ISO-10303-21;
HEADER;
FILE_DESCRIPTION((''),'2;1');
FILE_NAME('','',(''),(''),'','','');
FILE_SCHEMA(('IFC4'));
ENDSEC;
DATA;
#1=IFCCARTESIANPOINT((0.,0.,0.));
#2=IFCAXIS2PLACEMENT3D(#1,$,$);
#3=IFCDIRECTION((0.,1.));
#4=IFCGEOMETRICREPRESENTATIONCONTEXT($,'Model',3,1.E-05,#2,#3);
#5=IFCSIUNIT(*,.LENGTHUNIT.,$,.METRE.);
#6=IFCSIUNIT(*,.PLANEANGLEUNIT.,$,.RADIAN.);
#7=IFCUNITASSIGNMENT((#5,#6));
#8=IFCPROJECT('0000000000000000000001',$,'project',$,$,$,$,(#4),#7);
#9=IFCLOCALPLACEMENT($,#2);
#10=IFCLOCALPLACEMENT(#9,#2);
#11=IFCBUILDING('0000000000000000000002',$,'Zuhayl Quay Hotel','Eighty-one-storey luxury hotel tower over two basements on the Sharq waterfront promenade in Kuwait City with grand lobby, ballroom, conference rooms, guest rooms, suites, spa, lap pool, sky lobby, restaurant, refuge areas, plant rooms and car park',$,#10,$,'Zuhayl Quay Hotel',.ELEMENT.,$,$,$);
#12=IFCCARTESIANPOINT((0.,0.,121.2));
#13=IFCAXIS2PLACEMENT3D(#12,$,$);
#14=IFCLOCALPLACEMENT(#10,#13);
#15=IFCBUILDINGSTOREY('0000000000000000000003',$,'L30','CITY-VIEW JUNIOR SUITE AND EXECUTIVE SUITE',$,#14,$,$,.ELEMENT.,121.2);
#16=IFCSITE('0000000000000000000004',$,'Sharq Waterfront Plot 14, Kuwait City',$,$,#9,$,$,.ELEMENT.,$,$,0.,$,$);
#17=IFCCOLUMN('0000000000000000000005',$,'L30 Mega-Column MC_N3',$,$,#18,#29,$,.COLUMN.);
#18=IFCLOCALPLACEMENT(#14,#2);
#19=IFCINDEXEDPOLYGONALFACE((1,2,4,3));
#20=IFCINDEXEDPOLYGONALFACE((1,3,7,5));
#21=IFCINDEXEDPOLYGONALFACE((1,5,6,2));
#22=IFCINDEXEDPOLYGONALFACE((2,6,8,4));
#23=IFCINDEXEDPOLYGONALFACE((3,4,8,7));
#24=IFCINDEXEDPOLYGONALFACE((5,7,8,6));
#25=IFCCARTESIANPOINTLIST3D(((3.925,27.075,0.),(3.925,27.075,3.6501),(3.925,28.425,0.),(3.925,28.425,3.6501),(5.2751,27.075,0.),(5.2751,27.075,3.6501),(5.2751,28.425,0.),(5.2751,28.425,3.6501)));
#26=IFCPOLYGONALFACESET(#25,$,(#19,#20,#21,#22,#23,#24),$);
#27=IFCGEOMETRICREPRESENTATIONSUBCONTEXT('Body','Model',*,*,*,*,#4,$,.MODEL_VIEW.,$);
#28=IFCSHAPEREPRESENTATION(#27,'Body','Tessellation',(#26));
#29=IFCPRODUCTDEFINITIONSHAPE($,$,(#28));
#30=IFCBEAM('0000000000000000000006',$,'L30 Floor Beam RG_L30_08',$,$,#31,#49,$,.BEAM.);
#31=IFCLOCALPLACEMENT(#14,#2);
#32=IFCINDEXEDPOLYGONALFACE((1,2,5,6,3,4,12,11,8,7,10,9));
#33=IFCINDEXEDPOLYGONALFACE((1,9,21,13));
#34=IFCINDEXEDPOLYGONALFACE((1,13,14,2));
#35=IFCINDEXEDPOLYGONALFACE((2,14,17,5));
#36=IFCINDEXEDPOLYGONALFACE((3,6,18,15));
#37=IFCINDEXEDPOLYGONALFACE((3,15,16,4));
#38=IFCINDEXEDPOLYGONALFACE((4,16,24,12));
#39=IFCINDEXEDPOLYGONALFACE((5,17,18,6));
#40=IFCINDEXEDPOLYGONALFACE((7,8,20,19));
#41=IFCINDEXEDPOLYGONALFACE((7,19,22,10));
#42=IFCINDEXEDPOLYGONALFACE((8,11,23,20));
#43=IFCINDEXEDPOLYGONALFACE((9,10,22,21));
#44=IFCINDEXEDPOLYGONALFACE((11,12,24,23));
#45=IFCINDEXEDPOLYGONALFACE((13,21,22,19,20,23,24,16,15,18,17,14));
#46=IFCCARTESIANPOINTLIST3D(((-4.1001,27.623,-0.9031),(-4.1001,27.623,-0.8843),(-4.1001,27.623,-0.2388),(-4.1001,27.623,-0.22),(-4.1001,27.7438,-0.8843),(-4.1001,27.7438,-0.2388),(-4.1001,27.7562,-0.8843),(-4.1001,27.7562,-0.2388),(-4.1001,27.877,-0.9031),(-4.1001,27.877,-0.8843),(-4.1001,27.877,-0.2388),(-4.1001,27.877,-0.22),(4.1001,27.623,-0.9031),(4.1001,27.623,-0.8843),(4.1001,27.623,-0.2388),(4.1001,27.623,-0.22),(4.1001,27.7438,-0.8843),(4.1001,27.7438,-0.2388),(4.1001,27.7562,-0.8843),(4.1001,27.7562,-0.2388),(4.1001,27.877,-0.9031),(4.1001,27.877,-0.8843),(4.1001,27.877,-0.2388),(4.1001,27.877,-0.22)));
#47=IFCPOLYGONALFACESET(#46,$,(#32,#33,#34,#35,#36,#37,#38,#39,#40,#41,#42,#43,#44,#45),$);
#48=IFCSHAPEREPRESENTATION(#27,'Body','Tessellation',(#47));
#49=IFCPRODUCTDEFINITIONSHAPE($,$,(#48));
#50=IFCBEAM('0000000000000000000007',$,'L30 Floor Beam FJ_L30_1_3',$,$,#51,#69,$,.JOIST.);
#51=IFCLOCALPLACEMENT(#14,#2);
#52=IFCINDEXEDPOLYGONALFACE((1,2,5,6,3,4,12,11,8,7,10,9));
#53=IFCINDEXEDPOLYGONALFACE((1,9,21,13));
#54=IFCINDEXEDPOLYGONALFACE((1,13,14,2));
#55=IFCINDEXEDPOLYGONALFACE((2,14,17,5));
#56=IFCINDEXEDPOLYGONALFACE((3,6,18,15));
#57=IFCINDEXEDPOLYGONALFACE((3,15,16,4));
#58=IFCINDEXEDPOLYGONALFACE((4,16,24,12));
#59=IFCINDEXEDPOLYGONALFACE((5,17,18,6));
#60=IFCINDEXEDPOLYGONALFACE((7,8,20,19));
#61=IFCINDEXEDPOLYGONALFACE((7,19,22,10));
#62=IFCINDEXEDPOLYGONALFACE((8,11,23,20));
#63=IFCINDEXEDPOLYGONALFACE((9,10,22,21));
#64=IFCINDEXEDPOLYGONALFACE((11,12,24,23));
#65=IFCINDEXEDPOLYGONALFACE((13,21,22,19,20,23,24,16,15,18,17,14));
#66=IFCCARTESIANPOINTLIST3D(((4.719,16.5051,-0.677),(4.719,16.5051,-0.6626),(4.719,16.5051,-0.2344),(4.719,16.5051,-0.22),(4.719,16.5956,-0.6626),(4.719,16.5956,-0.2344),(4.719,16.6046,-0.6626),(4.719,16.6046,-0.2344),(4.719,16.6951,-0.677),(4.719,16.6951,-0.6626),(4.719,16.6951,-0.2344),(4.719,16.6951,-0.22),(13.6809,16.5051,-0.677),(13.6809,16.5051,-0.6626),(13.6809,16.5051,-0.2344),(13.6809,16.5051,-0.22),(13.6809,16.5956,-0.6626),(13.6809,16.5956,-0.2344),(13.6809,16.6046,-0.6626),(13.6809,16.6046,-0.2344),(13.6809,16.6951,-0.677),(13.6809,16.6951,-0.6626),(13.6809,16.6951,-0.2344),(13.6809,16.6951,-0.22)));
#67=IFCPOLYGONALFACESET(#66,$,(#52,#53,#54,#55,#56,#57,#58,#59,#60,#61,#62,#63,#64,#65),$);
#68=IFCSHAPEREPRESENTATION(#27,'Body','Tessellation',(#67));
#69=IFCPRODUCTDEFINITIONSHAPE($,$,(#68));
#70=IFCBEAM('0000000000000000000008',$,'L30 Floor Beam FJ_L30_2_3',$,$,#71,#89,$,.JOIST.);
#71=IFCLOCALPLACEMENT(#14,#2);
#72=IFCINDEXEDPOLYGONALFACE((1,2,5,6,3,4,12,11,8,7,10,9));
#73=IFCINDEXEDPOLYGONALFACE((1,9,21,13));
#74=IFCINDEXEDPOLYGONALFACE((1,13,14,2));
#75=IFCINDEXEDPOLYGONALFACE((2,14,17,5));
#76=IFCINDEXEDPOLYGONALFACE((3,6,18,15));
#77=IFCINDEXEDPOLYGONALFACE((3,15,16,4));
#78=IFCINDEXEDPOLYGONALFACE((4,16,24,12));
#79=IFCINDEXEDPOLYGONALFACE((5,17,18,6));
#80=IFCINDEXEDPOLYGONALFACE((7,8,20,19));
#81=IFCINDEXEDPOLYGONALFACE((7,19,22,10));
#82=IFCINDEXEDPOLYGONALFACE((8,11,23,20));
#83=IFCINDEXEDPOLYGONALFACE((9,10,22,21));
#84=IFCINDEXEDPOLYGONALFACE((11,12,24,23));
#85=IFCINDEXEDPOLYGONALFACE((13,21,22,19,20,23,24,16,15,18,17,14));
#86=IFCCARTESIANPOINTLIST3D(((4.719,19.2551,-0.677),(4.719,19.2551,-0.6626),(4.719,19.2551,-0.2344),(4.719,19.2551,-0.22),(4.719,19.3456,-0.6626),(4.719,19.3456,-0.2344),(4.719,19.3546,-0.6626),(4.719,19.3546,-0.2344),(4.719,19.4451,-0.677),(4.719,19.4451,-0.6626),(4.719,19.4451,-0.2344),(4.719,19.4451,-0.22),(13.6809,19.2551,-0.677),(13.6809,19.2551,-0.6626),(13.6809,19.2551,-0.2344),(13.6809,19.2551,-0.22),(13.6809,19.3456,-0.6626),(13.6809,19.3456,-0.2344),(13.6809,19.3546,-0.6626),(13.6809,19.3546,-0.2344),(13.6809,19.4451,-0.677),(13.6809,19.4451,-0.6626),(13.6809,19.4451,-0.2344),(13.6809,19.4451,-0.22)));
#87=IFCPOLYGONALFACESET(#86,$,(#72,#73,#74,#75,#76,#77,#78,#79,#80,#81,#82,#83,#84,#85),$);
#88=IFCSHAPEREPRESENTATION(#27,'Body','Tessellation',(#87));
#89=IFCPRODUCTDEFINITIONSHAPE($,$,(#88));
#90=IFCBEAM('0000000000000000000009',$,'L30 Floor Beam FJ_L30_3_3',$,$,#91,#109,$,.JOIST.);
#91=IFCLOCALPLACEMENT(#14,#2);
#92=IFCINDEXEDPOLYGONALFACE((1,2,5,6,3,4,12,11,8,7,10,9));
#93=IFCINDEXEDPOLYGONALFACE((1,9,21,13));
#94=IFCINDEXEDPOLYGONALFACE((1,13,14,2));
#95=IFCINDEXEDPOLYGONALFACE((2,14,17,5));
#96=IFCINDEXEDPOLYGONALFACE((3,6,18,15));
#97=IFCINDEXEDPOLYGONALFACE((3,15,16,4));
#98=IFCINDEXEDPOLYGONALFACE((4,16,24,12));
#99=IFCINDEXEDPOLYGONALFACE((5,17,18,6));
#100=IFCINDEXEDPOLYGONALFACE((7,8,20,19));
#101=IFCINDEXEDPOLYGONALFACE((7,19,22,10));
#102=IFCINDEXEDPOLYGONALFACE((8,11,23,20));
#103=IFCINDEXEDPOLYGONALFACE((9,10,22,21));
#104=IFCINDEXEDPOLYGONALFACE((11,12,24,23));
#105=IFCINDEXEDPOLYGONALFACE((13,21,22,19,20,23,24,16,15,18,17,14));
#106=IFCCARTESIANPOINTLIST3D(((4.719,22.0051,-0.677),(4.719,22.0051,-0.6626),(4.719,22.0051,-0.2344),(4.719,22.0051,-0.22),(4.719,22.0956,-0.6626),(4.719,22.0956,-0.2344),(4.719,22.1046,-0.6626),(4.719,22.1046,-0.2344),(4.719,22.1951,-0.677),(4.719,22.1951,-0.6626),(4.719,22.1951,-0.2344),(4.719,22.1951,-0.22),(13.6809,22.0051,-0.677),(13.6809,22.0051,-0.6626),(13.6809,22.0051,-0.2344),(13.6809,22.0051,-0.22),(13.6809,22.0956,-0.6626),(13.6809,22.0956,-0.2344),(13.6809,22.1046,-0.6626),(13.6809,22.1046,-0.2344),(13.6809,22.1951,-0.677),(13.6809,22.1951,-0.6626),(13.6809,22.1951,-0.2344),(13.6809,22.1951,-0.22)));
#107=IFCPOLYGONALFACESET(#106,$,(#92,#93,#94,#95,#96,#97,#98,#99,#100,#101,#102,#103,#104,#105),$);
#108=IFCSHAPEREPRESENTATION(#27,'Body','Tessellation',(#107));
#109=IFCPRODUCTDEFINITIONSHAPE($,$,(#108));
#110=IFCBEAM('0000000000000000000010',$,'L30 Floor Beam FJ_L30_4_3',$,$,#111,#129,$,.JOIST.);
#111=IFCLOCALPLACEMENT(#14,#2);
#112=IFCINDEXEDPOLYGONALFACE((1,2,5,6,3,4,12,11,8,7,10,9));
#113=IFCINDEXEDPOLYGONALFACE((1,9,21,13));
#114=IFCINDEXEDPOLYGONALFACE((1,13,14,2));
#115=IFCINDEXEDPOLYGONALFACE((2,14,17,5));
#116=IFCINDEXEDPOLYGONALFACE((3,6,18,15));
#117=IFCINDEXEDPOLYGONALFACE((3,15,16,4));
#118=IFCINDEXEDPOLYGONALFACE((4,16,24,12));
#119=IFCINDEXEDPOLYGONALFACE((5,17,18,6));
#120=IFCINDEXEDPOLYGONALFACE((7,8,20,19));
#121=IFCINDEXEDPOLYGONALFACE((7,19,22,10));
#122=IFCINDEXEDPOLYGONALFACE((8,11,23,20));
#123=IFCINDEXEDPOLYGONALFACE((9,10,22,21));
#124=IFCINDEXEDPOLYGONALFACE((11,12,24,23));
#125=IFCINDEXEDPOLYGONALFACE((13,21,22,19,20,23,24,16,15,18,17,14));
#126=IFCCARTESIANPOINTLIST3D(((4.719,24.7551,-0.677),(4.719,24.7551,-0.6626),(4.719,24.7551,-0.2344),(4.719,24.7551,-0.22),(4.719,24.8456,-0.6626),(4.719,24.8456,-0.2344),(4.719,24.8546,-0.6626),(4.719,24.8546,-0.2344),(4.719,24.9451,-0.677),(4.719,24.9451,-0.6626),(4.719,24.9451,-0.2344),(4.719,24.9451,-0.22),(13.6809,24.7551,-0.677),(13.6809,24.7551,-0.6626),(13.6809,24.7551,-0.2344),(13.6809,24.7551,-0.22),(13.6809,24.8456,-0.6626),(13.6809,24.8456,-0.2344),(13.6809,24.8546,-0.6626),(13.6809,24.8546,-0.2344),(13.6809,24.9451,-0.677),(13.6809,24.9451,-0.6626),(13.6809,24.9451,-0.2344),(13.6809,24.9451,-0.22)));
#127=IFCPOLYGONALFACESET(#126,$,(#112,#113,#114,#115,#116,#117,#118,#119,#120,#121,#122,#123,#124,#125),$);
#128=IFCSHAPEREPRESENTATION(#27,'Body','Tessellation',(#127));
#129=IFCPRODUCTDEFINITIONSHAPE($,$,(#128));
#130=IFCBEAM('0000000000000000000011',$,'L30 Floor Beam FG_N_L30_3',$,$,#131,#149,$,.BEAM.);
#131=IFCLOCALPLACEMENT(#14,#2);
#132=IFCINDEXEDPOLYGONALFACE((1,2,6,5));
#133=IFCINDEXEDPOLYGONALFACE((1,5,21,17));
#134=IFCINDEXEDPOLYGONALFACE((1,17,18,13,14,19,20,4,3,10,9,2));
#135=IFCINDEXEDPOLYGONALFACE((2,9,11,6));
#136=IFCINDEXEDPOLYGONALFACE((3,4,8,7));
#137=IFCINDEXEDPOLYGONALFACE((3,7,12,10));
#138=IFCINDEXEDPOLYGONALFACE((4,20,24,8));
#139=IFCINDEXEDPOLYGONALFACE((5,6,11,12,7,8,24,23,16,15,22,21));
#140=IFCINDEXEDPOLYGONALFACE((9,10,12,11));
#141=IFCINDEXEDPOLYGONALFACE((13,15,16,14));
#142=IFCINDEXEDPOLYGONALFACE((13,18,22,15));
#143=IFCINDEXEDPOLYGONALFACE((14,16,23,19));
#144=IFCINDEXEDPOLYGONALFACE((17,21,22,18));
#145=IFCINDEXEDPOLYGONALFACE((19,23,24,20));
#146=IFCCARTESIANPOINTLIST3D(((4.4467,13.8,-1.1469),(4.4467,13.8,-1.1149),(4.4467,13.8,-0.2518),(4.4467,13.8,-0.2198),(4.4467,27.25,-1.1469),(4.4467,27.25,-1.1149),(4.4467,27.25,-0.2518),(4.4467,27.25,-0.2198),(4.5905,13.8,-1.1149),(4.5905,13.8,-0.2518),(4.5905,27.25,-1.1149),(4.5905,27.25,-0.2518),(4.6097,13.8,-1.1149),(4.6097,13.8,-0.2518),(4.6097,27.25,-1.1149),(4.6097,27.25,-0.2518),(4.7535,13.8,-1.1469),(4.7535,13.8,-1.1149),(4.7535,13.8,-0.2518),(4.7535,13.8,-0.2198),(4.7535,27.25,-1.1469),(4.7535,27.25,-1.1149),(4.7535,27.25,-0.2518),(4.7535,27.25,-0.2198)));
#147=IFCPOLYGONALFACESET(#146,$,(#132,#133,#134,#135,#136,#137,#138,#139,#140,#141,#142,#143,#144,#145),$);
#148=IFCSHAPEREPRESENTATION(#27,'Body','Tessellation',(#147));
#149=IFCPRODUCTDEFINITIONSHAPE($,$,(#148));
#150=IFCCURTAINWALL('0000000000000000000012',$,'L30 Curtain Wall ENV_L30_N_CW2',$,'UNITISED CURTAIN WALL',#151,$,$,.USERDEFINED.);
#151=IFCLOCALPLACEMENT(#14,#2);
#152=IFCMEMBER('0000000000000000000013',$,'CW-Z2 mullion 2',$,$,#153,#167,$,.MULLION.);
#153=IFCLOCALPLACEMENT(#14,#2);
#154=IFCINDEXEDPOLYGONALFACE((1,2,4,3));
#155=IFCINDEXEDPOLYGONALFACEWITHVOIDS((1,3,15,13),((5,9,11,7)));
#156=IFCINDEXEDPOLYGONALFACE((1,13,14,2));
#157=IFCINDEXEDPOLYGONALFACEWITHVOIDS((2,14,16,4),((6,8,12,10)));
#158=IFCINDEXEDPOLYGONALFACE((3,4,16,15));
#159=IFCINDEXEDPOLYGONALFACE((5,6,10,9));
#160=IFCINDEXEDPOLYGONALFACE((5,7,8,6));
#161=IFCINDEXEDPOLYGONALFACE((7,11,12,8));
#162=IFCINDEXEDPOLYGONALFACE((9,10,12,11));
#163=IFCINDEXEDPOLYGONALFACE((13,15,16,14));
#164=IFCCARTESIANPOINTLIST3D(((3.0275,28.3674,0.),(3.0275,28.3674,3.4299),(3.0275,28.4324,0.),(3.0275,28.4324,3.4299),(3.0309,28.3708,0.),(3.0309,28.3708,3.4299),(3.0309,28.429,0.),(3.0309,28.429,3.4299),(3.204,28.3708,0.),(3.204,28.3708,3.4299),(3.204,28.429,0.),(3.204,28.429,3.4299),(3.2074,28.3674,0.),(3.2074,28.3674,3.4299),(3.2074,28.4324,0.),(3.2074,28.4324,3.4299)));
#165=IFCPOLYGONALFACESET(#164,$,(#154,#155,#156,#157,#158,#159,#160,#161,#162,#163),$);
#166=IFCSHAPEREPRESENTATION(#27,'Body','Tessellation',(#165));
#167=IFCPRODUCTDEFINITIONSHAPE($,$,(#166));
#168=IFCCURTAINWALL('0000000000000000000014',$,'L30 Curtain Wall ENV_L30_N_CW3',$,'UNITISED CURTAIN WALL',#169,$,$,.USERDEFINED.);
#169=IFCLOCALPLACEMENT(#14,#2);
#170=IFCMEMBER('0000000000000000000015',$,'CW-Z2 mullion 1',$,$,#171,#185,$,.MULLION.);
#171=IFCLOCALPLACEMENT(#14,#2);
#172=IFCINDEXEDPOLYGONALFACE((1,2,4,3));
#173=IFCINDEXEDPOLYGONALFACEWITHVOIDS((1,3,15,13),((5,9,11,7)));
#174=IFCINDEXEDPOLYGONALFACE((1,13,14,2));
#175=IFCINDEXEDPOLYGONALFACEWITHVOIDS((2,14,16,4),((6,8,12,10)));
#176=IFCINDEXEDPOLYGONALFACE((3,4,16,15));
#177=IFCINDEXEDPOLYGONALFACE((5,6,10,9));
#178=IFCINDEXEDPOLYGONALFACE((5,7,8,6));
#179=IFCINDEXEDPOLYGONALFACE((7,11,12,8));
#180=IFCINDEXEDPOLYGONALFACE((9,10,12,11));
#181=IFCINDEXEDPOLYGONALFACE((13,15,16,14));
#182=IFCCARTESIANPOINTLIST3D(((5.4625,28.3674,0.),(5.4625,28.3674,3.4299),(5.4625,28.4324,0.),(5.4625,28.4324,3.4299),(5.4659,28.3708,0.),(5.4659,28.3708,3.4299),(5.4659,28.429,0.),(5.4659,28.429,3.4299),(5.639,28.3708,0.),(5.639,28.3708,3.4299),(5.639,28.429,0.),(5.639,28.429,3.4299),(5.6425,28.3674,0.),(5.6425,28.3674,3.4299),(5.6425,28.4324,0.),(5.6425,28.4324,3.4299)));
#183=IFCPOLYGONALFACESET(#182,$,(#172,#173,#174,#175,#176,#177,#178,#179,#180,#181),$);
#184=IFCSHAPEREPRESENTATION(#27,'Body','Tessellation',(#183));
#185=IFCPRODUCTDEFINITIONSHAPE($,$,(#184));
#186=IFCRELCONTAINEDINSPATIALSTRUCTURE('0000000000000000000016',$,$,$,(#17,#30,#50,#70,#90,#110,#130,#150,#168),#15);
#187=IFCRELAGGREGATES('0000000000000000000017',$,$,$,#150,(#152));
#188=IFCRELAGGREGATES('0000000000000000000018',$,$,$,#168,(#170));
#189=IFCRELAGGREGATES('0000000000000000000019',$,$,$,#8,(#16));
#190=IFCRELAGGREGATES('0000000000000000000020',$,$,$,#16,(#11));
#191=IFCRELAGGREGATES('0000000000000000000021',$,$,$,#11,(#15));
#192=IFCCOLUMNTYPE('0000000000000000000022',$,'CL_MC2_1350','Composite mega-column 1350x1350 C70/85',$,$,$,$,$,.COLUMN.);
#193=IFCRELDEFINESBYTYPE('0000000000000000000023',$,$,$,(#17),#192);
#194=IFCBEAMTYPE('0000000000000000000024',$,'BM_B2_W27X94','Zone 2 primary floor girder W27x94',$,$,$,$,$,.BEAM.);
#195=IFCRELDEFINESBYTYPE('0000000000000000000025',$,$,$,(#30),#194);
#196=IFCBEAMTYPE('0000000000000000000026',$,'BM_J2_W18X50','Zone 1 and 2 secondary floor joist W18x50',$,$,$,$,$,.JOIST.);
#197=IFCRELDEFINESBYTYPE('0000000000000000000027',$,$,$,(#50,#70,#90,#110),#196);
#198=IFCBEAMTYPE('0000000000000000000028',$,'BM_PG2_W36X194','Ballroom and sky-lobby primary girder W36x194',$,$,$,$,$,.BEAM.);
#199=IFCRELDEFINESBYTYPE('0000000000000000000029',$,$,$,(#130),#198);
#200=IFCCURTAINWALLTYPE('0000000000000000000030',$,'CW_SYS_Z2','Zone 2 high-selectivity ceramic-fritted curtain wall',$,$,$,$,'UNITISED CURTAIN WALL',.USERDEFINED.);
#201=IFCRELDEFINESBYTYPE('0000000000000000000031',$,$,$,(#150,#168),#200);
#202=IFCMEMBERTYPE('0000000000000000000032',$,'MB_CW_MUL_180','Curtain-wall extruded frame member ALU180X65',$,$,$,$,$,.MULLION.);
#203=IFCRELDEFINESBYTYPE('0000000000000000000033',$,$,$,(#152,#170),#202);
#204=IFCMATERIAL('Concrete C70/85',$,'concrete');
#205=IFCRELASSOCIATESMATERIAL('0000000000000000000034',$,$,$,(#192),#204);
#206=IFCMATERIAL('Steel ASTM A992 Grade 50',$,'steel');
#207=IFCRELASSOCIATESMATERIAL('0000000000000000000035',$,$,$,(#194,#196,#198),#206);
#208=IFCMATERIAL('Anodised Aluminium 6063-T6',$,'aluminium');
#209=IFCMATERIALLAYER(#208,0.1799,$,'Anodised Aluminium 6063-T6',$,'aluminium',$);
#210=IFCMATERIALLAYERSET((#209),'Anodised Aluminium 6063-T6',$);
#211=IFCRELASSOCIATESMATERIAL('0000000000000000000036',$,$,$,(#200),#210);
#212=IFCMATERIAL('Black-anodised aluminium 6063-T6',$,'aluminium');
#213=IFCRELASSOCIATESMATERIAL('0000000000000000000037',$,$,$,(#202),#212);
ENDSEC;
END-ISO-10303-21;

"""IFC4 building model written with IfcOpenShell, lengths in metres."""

from ifc_helpers import new_model, si_unit, direction, frame, origin, origin_2d, place, context, subcontext, project, spatial, rectangle, hollow_rectangle, i_section, extrude, material, layer, layer_set, material_profile, profile_set, type_object, element, aggregate, save


model = new_model("IFC4")

# Units and contexts
model_context = context("Model", 3, precision=1e-05, world=origin(), true_north=direction((0.0, 1.0)))
body_context = subcontext(model_context, "Body", "Model", "MODEL_VIEW")
ifc_project = project(units=[si_unit("LENGTHUNIT", "METRE"), si_unit("PLANEANGLEUNIT", "RADIAN")], contexts=[model_context])

# Site, building, storey
site_placement = place(None, origin())
site = spatial("IfcSite", under=ifc_project, at=site_placement, Name="Sharq Waterfront Plot 14, Kuwait City", CompositionType="ELEMENT", RefElevation=0.0)
building_placement = place(site_placement, origin())
building = spatial("IfcBuilding", under=site, at=building_placement, Name="Zuhayl Quay Hotel", Description="Eighty-one-storey luxury hotel tower over two basements on the Sharq waterfront promenade in Kuwait City with grand lobby, ballroom, conference rooms, guest rooms, suites, spa, lap pool, sky lobby, restaurant, refuge areas, plant rooms and car park", LongName="Zuhayl Quay Hotel", CompositionType="ELEMENT")
storey_placement = place(building_placement, frame((0.0, 0.0, 121.2)))
storey = spatial("IfcBuildingStorey", under=building, at=storey_placement, Name="L30", Description="CITY-VIEW JUNIOR SUITE AND EXECUTIVE SUITE", CompositionType="ELEMENT", Elevation=121.2)

# Column
ifc_material_1 = material(Name="Concrete C70/85", Category="concrete")
ifc_material_profile_1 = material_profile(ifc_material_1, rectangle(XDim=1.3501, YDim=1.3501, at=origin_2d()), Name="RC1350X1350")
ifc_profile_set_1 = profile_set([ifc_material_profile_1], Name="Concrete C70/85")
column_type = type_object("IfcColumnType", Name="CL_MC2_1350", Description="Composite mega-column 1350x1350 C70/85", PredefinedType="COLUMN", material=ifc_profile_set_1)
column_placement = place(storey_placement, frame((4.6001, 27.75, 0.0), z_axis=(0.0, 0.0, 1.0), x_axis=(1.0, 0.0, 0.0)))
element("IfcColumn", 1, at=column_placement, inside=storey, type_object=column_type, Name="L30 Mega-Column MC_N3", PredefinedType="COLUMN", context=body_context, shape_type="SweptSolid", body=[
    extrude(rectangle(XDim=1.3501, YDim=1.3501, at=origin_2d()), origin(), (0.0, 0.0, 1.0), 3.6501),
])

# Beams
ifc_material_2 = material(Name="Steel ASTM A992 Grade 50", Category="steel")
ifc_material_profile_2 = material_profile(ifc_material_2, i_section(OverallWidth=0.2539, OverallDepth=0.6831, WebThickness=0.0125, FlangeThickness=0.0188, at=origin_2d()), Name="W27X94")
ifc_profile_set_2 = profile_set([ifc_material_profile_2], Name="Steel ASTM A992 Grade 50")
beam_type_1 = type_object("IfcBeamType", Name="BM_B2_W27X94", Description="Zone 2 primary floor girder W27x94", PredefinedType="BEAM", material=ifc_profile_set_2)
beam_1_placement = place(storey_placement, frame((4.1001, 27.75, -0.5615), z_axis=(-1.0, 0.0, 0.0), x_axis=(0.0, -1.0, 0.0)))
element("IfcBeam", 2, at=beam_1_placement, inside=storey, type_object=beam_type_1, Name="L30 Floor Beam RG_L30_08", PredefinedType="BEAM", context=body_context, shape_type="SweptSolid", body=[
    extrude(i_section(OverallWidth=0.2539, OverallDepth=0.6831, WebThickness=0.0125, FlangeThickness=0.0188, at=origin_2d()), origin(), (0.0, 0.0, 1.0), 8.2002),
])
ifc_material_profile_3 = material_profile(ifc_material_2, i_section(OverallWidth=0.1899, OverallDepth=0.457, WebThickness=0.009, FlangeThickness=0.0144, at=origin_2d()), Name="W18X50")
ifc_profile_set_3 = profile_set([ifc_material_profile_3], Name="Steel ASTM A992 Grade 50")
beam_type_2 = type_object("IfcBeamType", Name="BM_J2_W18X50", Description="Zone 1 and 2 secondary floor joist W18x50", PredefinedType="JOIST", material=ifc_profile_set_3)
for number, where, z_axis, x_axis, name in (
    (3, (4.719, 16.6001, -0.4485), (1.0, 0.0, 0.0), (0.0, 1.0, 0.0), "L30 Floor Beam FJ_L30_1_3"),
    (4, (4.719, 19.3501, -0.4485), (1.0, 0.0, 0.0), (0.0, 1.0, 0.0), "L30 Floor Beam FJ_L30_2_3"),
    (5, (4.719, 22.1001, -0.4485), (1.0, 0.0, 0.0), (0.0, 1.0, 0.0), "L30 Floor Beam FJ_L30_3_3"),
    (6, (4.719, 24.8501, -0.4485), (1.0, 0.0, 0.0), (0.0, 1.0, 0.0), "L30 Floor Beam FJ_L30_4_3"),
):
    element("IfcBeam", number, at=place(storey_placement, frame(where, z_axis=z_axis, x_axis=x_axis)), inside=storey, type_object=beam_type_2, Name=name, PredefinedType="JOIST", context=body_context, shape_type="SweptSolid", body=[
        extrude(i_section(OverallWidth=0.1899, OverallDepth=0.457, WebThickness=0.009, FlangeThickness=0.0144, at=origin_2d()), origin(), (0.0, 0.0, 1.0), 8.9619),
    ])
ifc_material_profile_4 = material_profile(ifc_material_2, i_section(OverallWidth=0.3069, OverallDepth=0.927, WebThickness=0.0193, FlangeThickness=0.032, at=origin_2d()), Name="W36X194")
ifc_profile_set_4 = profile_set([ifc_material_profile_4], Name="Steel ASTM A992 Grade 50")
beam_type_3 = type_object("IfcBeamType", Name="BM_PG2_W36X194", Description="Ballroom and sky-lobby primary girder W36x194", PredefinedType="BEAM", material=ifc_profile_set_4)
beam_2_placement = place(storey_placement, frame((4.6001, 13.8, -0.6833), z_axis=(0.0, 1.0, 0.0), x_axis=(-1.0, 0.0, 0.0)))
element("IfcBeam", 7, at=beam_2_placement, inside=storey, type_object=beam_type_3, Name="L30 Floor Beam FG_N_L30_3", PredefinedType="BEAM", context=body_context, shape_type="SweptSolid", body=[
    extrude(i_section(OverallWidth=0.3069, OverallDepth=0.927, WebThickness=0.0193, FlangeThickness=0.032, at=origin_2d()), origin(), (0.0, 0.0, 1.0), 13.45),
])

# Curtain wall, member
ifc_material_3 = material(Name="Anodised Aluminium 6063-T6", Category="aluminium")
ifc_layer_1 = layer(ifc_material_3, 0.1799, Name="Anodised Aluminium 6063-T6", Category="aluminium")
ifc_layer_set_1 = layer_set([ifc_layer_1], Name="Anodised Aluminium 6063-T6")
curtain_wall_type = type_object("IfcCurtainWallType", Name="CW_SYS_Z2", Description="Zone 2 high-selectivity ceramic-fritted curtain wall", ElementType="UNITISED CURTAIN WALL", PredefinedType="USERDEFINED", material=ifc_layer_set_1)
curtain_wall_1_placement = place(storey_placement, origin())
curtain_wall_1 = element("IfcCurtainWall", 8, at=curtain_wall_1_placement, inside=storey, type_object=curtain_wall_type, Name="L30 Curtain Wall ENV_L30_N_CW2", ObjectType="UNITISED CURTAIN WALL", PredefinedType="USERDEFINED")
ifc_material_4 = material(Name="Black-anodised aluminium 6063-T6", Category="aluminium")
ifc_material_profile_5 = material_profile(ifc_material_4, hollow_rectangle(XDim=0.0649, YDim=0.1799, WallThickness=0.0034, at=origin_2d()), Name="ALU180X65")
ifc_profile_set_5 = profile_set([ifc_material_profile_5], Name="Black-anodised aluminium 6063-T6")
member_type_1 = type_object("IfcMemberType", Name="MB_CW_MUL_180", Description="Curtain-wall extruded frame member ALU180X65", PredefinedType="MULLION", material=ifc_profile_set_5)
member_1_placement = place(storey_placement, frame((3.1174, 28.3999, 0.0), z_axis=(0.0, 0.0, 1.0), x_axis=(0.0, 1.0, 0.0)))
member_1 = element("IfcMember", 9, at=member_1_placement, type_object=member_type_1, Name="CW-Z2 mullion 2", PredefinedType="MULLION", context=body_context, shape_type="SweptSolid", body=[
    extrude(hollow_rectangle(XDim=0.0649, YDim=0.1799, WallThickness=0.0034, at=origin_2d()), origin(), (0.0, 0.0, 1.0), 3.4299),
])
aggregate(curtain_wall_1, [member_1])

# Curtain wall, member
curtain_wall_2_placement = place(storey_placement, origin())
curtain_wall_2 = element("IfcCurtainWall", 10, at=curtain_wall_2_placement, inside=storey, type_object=curtain_wall_type, Name="L30 Curtain Wall ENV_L30_N_CW3", ObjectType="UNITISED CURTAIN WALL", PredefinedType="USERDEFINED")
member_2_placement = place(storey_placement, frame((5.5525, 28.3999, 0.0), z_axis=(0.0, 0.0, 1.0), x_axis=(0.0, 1.0, 0.0)))
member_2 = element("IfcMember", 11, at=member_2_placement, type_object=member_type_1, Name="CW-Z2 mullion 1", PredefinedType="MULLION", context=body_context, shape_type="SweptSolid", body=[
    extrude(hollow_rectangle(XDim=0.0649, YDim=0.1799, WallThickness=0.0034, at=origin_2d()), origin(), (0.0, 0.0, 1.0), 3.4299),
])
aggregate(curtain_wall_2, [member_2])

save(model, "model.ifc")
